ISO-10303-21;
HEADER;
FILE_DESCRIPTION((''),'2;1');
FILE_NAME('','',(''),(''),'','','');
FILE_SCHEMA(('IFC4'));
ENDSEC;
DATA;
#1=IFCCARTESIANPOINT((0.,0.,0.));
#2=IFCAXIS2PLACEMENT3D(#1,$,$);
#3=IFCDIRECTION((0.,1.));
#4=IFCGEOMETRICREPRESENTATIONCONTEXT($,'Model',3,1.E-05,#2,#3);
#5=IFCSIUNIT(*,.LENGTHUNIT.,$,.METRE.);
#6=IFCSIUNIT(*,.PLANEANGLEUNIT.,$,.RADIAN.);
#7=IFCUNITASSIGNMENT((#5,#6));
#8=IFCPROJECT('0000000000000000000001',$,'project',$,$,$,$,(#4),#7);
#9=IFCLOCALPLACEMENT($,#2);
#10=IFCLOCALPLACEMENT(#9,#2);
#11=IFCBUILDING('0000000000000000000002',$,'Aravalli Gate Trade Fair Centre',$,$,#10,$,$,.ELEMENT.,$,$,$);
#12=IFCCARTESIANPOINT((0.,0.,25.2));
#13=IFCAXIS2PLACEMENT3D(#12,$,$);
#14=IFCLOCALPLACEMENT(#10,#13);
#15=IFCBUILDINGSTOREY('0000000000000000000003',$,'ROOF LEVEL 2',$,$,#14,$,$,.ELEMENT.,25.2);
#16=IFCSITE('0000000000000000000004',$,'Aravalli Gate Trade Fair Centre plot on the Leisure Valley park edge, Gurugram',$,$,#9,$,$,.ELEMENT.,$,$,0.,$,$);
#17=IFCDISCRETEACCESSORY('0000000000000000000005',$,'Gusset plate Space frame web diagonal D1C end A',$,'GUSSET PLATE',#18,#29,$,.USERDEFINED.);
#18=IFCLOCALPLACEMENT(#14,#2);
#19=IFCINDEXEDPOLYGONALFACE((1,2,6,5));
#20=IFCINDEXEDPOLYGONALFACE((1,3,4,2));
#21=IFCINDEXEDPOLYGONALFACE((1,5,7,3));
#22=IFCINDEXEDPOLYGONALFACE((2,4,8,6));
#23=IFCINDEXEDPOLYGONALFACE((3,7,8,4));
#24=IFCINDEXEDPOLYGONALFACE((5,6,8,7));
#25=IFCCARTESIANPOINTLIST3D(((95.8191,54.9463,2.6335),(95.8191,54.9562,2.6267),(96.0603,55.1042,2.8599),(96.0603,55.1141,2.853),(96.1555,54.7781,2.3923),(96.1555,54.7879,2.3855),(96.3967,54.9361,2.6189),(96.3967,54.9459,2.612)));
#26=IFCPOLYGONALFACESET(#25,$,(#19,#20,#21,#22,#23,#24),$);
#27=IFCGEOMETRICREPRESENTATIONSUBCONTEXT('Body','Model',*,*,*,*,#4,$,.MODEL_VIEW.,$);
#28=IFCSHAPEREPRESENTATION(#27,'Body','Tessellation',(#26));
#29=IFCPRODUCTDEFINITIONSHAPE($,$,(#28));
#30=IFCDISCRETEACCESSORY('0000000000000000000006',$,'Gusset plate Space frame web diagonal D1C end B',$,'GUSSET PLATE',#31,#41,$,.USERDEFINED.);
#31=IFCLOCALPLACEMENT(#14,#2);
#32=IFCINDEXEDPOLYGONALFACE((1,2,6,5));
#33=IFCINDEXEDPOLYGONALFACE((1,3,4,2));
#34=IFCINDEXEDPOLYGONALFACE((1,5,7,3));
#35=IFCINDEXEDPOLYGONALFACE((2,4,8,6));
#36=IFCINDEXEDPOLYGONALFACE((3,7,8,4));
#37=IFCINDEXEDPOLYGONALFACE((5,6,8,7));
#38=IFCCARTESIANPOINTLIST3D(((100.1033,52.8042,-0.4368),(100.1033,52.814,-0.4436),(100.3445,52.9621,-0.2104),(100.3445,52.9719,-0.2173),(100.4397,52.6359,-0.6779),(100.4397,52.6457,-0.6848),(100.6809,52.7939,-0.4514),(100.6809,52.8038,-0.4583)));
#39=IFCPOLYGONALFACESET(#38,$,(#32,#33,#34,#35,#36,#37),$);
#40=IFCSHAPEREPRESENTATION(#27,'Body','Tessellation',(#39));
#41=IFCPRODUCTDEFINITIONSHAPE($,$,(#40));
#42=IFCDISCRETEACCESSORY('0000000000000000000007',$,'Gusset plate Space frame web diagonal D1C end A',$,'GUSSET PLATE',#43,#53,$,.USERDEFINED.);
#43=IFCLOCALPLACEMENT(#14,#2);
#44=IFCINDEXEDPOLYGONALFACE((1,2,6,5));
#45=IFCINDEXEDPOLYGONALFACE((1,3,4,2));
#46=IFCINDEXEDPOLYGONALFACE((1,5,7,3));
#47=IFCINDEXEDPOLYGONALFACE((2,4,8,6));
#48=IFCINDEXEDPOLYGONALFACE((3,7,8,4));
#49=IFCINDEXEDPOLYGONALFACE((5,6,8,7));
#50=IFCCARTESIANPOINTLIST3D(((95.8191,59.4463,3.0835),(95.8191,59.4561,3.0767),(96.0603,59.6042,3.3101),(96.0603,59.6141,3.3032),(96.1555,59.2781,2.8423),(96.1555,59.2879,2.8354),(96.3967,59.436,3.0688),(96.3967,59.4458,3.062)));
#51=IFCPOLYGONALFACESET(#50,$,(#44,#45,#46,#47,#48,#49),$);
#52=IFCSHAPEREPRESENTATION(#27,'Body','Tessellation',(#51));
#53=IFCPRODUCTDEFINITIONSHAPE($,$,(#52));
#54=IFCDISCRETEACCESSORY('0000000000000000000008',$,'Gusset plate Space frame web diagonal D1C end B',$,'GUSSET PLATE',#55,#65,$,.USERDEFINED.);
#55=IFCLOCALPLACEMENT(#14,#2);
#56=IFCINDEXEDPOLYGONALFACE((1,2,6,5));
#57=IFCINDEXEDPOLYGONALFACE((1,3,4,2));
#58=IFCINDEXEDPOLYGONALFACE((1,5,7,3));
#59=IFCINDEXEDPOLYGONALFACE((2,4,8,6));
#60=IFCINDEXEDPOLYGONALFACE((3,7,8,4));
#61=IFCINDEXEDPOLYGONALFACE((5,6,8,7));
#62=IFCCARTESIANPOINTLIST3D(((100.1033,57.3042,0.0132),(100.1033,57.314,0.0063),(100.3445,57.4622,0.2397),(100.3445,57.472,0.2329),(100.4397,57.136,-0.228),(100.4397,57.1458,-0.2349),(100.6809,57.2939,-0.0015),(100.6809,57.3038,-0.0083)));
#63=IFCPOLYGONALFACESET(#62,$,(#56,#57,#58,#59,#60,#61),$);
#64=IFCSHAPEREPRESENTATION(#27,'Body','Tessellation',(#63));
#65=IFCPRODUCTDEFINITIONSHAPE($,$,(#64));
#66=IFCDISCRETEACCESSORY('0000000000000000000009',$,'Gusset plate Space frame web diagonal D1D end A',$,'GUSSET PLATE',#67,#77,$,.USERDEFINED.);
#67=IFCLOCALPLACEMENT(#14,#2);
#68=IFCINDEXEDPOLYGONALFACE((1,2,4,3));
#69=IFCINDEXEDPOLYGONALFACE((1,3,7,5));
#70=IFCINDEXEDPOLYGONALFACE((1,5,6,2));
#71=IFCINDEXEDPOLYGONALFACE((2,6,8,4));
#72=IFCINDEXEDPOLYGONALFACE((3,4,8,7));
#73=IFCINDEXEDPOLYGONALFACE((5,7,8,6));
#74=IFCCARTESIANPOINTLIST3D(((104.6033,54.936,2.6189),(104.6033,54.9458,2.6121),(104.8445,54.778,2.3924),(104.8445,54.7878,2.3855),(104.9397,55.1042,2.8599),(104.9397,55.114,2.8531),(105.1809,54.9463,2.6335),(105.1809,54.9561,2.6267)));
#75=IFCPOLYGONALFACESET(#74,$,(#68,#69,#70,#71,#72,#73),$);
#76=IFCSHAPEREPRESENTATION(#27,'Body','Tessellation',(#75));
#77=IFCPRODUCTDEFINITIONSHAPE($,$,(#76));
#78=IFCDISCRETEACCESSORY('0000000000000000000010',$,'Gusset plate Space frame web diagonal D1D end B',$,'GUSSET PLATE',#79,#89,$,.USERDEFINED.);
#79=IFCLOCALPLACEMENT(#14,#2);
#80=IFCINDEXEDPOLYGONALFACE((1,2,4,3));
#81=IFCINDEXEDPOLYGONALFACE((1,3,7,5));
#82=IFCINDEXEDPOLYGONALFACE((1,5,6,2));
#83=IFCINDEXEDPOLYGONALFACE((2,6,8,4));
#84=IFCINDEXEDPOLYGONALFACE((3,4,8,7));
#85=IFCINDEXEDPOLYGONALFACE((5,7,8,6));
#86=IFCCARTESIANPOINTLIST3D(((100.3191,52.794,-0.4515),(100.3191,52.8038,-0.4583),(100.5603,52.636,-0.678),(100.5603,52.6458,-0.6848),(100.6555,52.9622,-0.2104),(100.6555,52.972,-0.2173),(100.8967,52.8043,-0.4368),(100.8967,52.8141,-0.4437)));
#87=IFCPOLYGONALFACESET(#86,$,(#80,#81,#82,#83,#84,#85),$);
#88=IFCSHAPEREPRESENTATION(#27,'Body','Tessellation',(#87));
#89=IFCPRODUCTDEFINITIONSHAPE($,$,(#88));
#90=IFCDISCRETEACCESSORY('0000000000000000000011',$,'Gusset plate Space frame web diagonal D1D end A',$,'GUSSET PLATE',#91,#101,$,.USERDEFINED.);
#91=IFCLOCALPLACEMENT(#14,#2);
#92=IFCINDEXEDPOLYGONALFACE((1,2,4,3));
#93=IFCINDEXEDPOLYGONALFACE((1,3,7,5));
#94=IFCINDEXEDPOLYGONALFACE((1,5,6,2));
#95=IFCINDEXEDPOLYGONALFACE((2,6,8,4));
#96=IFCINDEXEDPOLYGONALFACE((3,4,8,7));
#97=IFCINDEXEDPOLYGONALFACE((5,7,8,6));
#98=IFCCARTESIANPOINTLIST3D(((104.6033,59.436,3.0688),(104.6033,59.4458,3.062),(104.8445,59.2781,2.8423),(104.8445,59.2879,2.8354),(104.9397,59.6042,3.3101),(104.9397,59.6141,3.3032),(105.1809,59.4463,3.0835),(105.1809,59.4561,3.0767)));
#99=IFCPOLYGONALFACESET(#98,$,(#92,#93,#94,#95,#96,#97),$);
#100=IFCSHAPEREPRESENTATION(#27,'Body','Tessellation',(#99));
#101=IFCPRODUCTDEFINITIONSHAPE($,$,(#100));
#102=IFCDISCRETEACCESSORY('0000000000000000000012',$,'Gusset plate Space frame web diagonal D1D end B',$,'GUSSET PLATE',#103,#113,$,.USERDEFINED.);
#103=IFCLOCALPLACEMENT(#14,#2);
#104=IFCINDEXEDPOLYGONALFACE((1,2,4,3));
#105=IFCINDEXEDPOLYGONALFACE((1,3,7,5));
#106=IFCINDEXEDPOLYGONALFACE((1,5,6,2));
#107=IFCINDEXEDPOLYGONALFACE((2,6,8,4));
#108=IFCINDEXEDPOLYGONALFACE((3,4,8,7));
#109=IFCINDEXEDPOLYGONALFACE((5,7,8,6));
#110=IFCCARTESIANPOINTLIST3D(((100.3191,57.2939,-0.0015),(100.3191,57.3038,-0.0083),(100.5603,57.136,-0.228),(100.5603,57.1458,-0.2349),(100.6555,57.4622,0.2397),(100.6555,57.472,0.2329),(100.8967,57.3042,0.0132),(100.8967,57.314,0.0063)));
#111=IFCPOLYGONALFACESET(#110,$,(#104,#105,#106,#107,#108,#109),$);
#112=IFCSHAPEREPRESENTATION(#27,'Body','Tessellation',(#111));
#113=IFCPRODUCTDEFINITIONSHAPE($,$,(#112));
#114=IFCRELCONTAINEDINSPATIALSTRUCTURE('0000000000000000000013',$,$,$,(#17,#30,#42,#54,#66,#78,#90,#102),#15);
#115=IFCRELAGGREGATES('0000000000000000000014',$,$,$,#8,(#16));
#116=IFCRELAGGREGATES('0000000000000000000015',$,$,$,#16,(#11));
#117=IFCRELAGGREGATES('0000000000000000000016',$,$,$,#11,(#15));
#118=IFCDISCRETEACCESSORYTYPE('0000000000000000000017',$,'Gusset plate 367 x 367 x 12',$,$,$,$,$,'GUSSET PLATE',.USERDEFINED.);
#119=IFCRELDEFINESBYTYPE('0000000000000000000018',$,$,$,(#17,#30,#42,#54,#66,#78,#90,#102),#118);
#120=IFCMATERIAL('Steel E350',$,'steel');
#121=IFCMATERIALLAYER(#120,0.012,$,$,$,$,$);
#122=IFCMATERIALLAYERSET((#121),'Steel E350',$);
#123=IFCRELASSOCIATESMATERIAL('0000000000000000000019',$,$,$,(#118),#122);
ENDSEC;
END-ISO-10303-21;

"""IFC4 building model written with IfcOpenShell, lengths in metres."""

from ifc_helpers import new_model, si_unit, direction, frame, origin, place, context, subcontext, project, spatial, polyline, outline, extrude, material, layer, layer_set, type_object, element, save


model = new_model("IFC4")

# Units and contexts
model_context = context("Model", 3, precision=1e-05, world=origin(), true_north=direction((0.0, 1.0)))
body_context = subcontext(model_context, "Body", "Model", "MODEL_VIEW")
ifc_project = project(units=[si_unit("LENGTHUNIT", "METRE"), si_unit("PLANEANGLEUNIT", "RADIAN")], contexts=[model_context])

# Site, building, storey
site_placement = place(None, origin())
site = spatial("IfcSite", under=ifc_project, at=site_placement, Name="Aravalli Gate Trade Fair Centre plot on the Leisure Valley park edge, Gurugram", CompositionType="ELEMENT", RefElevation=0.0)
building_placement = place(site_placement, origin())
building = spatial("IfcBuilding", under=site, at=building_placement, Name="Aravalli Gate Trade Fair Centre", CompositionType="ELEMENT")
storey_placement = place(building_placement, frame((0.0, 0.0, 25.2)))
storey = spatial("IfcBuildingStorey", under=building, at=storey_placement, Name="ROOF LEVEL 2", CompositionType="ELEMENT", Elevation=25.2)

# Shared definitions
ifc_material = material(Name="Steel E350", Category="steel")

# Discrete accessories
ifc_layer = layer(ifc_material, 0.012)
ifc_layer_set = layer_set([ifc_layer], Name="Steel E350")
discrete_accessory_type = type_object("IfcDiscreteAccessoryType", Name="Gusset plate 367 x 367 x 12", ElementType="GUSSET PLATE", PredefinedType="USERDEFINED", material=ifc_layer_set)
discrete_accessory_1_placement = place(storey_placement, frame((96.1555, 54.7781, 2.3923), z_axis=(-0.000049, -0.820141, 0.572161), x_axis=(-0.75291, 0.376583, 0.539733)))
element("IfcDiscreteAccessory", 1, at=discrete_accessory_1_placement, inside=storey, type_object=discrete_accessory_type, Name="Gusset plate Space frame web diagonal D1C end A", ObjectType="GUSSET PLATE", PredefinedType="USERDEFINED", context=body_context, shape_type="SweptSolid", body=[
    extrude(outline(polyline([(0.0, 0.0), (0.4468, 0.0), (0.4469, -0.3665), (0.0002, -0.3667), (0.0, 0.0)])), origin(), (0.0, 0.0, -1.0), 0.012),
])
discrete_accessory_2_placement = place(storey_placement, frame((100.1033, 52.8042, -0.4368), z_axis=(-0.000049, -0.820141, 0.572161), x_axis=(0.75291, -0.376583, -0.539733)))
element("IfcDiscreteAccessory", 2, at=discrete_accessory_2_placement, inside=storey, type_object=discrete_accessory_type, Name="Gusset plate Space frame web diagonal D1C end B", ObjectType="GUSSET PLATE", PredefinedType="USERDEFINED", context=body_context, shape_type="SweptSolid", body=[
    extrude(outline(polyline([(0.0, 0.0), (0.4468, 0.0), (0.4467, 0.3667), (0.0, 0.3665), (0.0, 0.0)])), origin(), (0.0, 0.0, -1.0), 0.012),
])
discrete_accessory_3_placement = place(storey_placement, frame((96.1555, 59.2781, 2.8423), z_axis=(-0.000057, -0.820282, 0.57196), x_axis=(-0.75291, 0.376455, 0.539822)))
element("IfcDiscreteAccessory", 3, at=discrete_accessory_3_placement, inside=storey, type_object=discrete_accessory_type, Name="Gusset plate Space frame web diagonal D1C end A", ObjectType="GUSSET PLATE", PredefinedType="USERDEFINED", context=body_context, shape_type="SweptSolid", body=[
    extrude(outline(polyline([(0.0, 0.0), (0.4468, 0.0), (0.447, -0.3667), (0.0002, -0.3667), (0.0, 0.0)])), origin(), (0.0, 0.0, -1.0), 0.012),
])
discrete_accessory_4_placement = place(storey_placement, frame((100.1033, 57.3042, 0.0132), z_axis=(-0.000057, -0.820282, 0.57196), x_axis=(0.75291, -0.376455, -0.539822)))
element("IfcDiscreteAccessory", 4, at=discrete_accessory_4_placement, inside=storey, type_object=discrete_accessory_type, Name="Gusset plate Space frame web diagonal D1C end B", ObjectType="GUSSET PLATE", PredefinedType="USERDEFINED", context=body_context, shape_type="SweptSolid", body=[
    extrude(outline(polyline([(0.0, 0.0), (0.4468, 0.0), (0.4467, 0.3667), (-0.0002, 0.3667), (0.0, 0.0)])), origin(), (0.0, 0.0, -1.0), 0.012),
])
discrete_accessory_5_placement = place(storey_placement, frame((104.6033, 54.936, 2.6189), z_axis=(0.000049, -0.820141, 0.572161), x_axis=(0.753132, 0.376438, 0.539524)))
element("IfcDiscreteAccessory", 5, at=discrete_accessory_5_placement, inside=storey, type_object=discrete_accessory_type, Name="Gusset plate Space frame web diagonal D1D end A", ObjectType="GUSSET PLATE", PredefinedType="USERDEFINED", context=body_context, shape_type="SweptSolid", body=[
    extrude(outline(polyline([(0.0, 0.0), (0.4467, 0.0), (0.4468, -0.3665), (0.0, -0.3667), (0.0, 0.0)])), origin(), (0.0, 0.0, -1.0), 0.012),
])
discrete_accessory_6_placement = place(storey_placement, frame((100.6555, 52.9622, -0.2104), z_axis=(0.000049, -0.820141, 0.572161), x_axis=(-0.753132, -0.376438, -0.539524)))
element("IfcDiscreteAccessory", 6, at=discrete_accessory_6_placement, inside=storey, type_object=discrete_accessory_type, Name="Gusset plate Space frame web diagonal D1D end B", ObjectType="GUSSET PLATE", PredefinedType="USERDEFINED", context=body_context, shape_type="SweptSolid", body=[
    extrude(outline(polyline([(0.0, 0.0), (0.4467, 0.0), (0.4467, 0.3667), (-0.0001, 0.3665), (0.0, 0.0)])), origin(), (0.0, 0.0, -1.0), 0.012),
])
discrete_accessory_7_placement = place(storey_placement, frame((104.6033, 59.436, 3.0688), z_axis=(0.000057, -0.820282, 0.57196), x_axis=(0.75291, 0.376455, 0.539822)))
element("IfcDiscreteAccessory", 7, at=discrete_accessory_7_placement, inside=storey, type_object=discrete_accessory_type, Name="Gusset plate Space frame web diagonal D1D end A", ObjectType="GUSSET PLATE", PredefinedType="USERDEFINED", context=body_context, shape_type="SweptSolid", body=[
    extrude(outline(polyline([(0.0, 0.0), (0.4468, 0.0), (0.4467, -0.3667), (-0.0002, -0.3667), (0.0, 0.0)])), origin(), (0.0, 0.0, -1.0), 0.012),
])
discrete_accessory_8_placement = place(storey_placement, frame((100.6555, 57.4622, 0.2397), z_axis=(0.000057, -0.820282, 0.57196), x_axis=(-0.75291, -0.376455, -0.539822)))
element("IfcDiscreteAccessory", 8, at=discrete_accessory_8_placement, inside=storey, type_object=discrete_accessory_type, Name="Gusset plate Space frame web diagonal D1D end B", ObjectType="GUSSET PLATE", PredefinedType="USERDEFINED", context=body_context, shape_type="SweptSolid", body=[
    extrude(outline(polyline([(0.0, 0.0), (0.4468, 0.0), (0.447, 0.3667), (0.0002, 0.3667), (0.0, 0.0)])), origin(), (0.0, 0.0, -1.0), 0.012),
])

save(model, "model.ifc")
